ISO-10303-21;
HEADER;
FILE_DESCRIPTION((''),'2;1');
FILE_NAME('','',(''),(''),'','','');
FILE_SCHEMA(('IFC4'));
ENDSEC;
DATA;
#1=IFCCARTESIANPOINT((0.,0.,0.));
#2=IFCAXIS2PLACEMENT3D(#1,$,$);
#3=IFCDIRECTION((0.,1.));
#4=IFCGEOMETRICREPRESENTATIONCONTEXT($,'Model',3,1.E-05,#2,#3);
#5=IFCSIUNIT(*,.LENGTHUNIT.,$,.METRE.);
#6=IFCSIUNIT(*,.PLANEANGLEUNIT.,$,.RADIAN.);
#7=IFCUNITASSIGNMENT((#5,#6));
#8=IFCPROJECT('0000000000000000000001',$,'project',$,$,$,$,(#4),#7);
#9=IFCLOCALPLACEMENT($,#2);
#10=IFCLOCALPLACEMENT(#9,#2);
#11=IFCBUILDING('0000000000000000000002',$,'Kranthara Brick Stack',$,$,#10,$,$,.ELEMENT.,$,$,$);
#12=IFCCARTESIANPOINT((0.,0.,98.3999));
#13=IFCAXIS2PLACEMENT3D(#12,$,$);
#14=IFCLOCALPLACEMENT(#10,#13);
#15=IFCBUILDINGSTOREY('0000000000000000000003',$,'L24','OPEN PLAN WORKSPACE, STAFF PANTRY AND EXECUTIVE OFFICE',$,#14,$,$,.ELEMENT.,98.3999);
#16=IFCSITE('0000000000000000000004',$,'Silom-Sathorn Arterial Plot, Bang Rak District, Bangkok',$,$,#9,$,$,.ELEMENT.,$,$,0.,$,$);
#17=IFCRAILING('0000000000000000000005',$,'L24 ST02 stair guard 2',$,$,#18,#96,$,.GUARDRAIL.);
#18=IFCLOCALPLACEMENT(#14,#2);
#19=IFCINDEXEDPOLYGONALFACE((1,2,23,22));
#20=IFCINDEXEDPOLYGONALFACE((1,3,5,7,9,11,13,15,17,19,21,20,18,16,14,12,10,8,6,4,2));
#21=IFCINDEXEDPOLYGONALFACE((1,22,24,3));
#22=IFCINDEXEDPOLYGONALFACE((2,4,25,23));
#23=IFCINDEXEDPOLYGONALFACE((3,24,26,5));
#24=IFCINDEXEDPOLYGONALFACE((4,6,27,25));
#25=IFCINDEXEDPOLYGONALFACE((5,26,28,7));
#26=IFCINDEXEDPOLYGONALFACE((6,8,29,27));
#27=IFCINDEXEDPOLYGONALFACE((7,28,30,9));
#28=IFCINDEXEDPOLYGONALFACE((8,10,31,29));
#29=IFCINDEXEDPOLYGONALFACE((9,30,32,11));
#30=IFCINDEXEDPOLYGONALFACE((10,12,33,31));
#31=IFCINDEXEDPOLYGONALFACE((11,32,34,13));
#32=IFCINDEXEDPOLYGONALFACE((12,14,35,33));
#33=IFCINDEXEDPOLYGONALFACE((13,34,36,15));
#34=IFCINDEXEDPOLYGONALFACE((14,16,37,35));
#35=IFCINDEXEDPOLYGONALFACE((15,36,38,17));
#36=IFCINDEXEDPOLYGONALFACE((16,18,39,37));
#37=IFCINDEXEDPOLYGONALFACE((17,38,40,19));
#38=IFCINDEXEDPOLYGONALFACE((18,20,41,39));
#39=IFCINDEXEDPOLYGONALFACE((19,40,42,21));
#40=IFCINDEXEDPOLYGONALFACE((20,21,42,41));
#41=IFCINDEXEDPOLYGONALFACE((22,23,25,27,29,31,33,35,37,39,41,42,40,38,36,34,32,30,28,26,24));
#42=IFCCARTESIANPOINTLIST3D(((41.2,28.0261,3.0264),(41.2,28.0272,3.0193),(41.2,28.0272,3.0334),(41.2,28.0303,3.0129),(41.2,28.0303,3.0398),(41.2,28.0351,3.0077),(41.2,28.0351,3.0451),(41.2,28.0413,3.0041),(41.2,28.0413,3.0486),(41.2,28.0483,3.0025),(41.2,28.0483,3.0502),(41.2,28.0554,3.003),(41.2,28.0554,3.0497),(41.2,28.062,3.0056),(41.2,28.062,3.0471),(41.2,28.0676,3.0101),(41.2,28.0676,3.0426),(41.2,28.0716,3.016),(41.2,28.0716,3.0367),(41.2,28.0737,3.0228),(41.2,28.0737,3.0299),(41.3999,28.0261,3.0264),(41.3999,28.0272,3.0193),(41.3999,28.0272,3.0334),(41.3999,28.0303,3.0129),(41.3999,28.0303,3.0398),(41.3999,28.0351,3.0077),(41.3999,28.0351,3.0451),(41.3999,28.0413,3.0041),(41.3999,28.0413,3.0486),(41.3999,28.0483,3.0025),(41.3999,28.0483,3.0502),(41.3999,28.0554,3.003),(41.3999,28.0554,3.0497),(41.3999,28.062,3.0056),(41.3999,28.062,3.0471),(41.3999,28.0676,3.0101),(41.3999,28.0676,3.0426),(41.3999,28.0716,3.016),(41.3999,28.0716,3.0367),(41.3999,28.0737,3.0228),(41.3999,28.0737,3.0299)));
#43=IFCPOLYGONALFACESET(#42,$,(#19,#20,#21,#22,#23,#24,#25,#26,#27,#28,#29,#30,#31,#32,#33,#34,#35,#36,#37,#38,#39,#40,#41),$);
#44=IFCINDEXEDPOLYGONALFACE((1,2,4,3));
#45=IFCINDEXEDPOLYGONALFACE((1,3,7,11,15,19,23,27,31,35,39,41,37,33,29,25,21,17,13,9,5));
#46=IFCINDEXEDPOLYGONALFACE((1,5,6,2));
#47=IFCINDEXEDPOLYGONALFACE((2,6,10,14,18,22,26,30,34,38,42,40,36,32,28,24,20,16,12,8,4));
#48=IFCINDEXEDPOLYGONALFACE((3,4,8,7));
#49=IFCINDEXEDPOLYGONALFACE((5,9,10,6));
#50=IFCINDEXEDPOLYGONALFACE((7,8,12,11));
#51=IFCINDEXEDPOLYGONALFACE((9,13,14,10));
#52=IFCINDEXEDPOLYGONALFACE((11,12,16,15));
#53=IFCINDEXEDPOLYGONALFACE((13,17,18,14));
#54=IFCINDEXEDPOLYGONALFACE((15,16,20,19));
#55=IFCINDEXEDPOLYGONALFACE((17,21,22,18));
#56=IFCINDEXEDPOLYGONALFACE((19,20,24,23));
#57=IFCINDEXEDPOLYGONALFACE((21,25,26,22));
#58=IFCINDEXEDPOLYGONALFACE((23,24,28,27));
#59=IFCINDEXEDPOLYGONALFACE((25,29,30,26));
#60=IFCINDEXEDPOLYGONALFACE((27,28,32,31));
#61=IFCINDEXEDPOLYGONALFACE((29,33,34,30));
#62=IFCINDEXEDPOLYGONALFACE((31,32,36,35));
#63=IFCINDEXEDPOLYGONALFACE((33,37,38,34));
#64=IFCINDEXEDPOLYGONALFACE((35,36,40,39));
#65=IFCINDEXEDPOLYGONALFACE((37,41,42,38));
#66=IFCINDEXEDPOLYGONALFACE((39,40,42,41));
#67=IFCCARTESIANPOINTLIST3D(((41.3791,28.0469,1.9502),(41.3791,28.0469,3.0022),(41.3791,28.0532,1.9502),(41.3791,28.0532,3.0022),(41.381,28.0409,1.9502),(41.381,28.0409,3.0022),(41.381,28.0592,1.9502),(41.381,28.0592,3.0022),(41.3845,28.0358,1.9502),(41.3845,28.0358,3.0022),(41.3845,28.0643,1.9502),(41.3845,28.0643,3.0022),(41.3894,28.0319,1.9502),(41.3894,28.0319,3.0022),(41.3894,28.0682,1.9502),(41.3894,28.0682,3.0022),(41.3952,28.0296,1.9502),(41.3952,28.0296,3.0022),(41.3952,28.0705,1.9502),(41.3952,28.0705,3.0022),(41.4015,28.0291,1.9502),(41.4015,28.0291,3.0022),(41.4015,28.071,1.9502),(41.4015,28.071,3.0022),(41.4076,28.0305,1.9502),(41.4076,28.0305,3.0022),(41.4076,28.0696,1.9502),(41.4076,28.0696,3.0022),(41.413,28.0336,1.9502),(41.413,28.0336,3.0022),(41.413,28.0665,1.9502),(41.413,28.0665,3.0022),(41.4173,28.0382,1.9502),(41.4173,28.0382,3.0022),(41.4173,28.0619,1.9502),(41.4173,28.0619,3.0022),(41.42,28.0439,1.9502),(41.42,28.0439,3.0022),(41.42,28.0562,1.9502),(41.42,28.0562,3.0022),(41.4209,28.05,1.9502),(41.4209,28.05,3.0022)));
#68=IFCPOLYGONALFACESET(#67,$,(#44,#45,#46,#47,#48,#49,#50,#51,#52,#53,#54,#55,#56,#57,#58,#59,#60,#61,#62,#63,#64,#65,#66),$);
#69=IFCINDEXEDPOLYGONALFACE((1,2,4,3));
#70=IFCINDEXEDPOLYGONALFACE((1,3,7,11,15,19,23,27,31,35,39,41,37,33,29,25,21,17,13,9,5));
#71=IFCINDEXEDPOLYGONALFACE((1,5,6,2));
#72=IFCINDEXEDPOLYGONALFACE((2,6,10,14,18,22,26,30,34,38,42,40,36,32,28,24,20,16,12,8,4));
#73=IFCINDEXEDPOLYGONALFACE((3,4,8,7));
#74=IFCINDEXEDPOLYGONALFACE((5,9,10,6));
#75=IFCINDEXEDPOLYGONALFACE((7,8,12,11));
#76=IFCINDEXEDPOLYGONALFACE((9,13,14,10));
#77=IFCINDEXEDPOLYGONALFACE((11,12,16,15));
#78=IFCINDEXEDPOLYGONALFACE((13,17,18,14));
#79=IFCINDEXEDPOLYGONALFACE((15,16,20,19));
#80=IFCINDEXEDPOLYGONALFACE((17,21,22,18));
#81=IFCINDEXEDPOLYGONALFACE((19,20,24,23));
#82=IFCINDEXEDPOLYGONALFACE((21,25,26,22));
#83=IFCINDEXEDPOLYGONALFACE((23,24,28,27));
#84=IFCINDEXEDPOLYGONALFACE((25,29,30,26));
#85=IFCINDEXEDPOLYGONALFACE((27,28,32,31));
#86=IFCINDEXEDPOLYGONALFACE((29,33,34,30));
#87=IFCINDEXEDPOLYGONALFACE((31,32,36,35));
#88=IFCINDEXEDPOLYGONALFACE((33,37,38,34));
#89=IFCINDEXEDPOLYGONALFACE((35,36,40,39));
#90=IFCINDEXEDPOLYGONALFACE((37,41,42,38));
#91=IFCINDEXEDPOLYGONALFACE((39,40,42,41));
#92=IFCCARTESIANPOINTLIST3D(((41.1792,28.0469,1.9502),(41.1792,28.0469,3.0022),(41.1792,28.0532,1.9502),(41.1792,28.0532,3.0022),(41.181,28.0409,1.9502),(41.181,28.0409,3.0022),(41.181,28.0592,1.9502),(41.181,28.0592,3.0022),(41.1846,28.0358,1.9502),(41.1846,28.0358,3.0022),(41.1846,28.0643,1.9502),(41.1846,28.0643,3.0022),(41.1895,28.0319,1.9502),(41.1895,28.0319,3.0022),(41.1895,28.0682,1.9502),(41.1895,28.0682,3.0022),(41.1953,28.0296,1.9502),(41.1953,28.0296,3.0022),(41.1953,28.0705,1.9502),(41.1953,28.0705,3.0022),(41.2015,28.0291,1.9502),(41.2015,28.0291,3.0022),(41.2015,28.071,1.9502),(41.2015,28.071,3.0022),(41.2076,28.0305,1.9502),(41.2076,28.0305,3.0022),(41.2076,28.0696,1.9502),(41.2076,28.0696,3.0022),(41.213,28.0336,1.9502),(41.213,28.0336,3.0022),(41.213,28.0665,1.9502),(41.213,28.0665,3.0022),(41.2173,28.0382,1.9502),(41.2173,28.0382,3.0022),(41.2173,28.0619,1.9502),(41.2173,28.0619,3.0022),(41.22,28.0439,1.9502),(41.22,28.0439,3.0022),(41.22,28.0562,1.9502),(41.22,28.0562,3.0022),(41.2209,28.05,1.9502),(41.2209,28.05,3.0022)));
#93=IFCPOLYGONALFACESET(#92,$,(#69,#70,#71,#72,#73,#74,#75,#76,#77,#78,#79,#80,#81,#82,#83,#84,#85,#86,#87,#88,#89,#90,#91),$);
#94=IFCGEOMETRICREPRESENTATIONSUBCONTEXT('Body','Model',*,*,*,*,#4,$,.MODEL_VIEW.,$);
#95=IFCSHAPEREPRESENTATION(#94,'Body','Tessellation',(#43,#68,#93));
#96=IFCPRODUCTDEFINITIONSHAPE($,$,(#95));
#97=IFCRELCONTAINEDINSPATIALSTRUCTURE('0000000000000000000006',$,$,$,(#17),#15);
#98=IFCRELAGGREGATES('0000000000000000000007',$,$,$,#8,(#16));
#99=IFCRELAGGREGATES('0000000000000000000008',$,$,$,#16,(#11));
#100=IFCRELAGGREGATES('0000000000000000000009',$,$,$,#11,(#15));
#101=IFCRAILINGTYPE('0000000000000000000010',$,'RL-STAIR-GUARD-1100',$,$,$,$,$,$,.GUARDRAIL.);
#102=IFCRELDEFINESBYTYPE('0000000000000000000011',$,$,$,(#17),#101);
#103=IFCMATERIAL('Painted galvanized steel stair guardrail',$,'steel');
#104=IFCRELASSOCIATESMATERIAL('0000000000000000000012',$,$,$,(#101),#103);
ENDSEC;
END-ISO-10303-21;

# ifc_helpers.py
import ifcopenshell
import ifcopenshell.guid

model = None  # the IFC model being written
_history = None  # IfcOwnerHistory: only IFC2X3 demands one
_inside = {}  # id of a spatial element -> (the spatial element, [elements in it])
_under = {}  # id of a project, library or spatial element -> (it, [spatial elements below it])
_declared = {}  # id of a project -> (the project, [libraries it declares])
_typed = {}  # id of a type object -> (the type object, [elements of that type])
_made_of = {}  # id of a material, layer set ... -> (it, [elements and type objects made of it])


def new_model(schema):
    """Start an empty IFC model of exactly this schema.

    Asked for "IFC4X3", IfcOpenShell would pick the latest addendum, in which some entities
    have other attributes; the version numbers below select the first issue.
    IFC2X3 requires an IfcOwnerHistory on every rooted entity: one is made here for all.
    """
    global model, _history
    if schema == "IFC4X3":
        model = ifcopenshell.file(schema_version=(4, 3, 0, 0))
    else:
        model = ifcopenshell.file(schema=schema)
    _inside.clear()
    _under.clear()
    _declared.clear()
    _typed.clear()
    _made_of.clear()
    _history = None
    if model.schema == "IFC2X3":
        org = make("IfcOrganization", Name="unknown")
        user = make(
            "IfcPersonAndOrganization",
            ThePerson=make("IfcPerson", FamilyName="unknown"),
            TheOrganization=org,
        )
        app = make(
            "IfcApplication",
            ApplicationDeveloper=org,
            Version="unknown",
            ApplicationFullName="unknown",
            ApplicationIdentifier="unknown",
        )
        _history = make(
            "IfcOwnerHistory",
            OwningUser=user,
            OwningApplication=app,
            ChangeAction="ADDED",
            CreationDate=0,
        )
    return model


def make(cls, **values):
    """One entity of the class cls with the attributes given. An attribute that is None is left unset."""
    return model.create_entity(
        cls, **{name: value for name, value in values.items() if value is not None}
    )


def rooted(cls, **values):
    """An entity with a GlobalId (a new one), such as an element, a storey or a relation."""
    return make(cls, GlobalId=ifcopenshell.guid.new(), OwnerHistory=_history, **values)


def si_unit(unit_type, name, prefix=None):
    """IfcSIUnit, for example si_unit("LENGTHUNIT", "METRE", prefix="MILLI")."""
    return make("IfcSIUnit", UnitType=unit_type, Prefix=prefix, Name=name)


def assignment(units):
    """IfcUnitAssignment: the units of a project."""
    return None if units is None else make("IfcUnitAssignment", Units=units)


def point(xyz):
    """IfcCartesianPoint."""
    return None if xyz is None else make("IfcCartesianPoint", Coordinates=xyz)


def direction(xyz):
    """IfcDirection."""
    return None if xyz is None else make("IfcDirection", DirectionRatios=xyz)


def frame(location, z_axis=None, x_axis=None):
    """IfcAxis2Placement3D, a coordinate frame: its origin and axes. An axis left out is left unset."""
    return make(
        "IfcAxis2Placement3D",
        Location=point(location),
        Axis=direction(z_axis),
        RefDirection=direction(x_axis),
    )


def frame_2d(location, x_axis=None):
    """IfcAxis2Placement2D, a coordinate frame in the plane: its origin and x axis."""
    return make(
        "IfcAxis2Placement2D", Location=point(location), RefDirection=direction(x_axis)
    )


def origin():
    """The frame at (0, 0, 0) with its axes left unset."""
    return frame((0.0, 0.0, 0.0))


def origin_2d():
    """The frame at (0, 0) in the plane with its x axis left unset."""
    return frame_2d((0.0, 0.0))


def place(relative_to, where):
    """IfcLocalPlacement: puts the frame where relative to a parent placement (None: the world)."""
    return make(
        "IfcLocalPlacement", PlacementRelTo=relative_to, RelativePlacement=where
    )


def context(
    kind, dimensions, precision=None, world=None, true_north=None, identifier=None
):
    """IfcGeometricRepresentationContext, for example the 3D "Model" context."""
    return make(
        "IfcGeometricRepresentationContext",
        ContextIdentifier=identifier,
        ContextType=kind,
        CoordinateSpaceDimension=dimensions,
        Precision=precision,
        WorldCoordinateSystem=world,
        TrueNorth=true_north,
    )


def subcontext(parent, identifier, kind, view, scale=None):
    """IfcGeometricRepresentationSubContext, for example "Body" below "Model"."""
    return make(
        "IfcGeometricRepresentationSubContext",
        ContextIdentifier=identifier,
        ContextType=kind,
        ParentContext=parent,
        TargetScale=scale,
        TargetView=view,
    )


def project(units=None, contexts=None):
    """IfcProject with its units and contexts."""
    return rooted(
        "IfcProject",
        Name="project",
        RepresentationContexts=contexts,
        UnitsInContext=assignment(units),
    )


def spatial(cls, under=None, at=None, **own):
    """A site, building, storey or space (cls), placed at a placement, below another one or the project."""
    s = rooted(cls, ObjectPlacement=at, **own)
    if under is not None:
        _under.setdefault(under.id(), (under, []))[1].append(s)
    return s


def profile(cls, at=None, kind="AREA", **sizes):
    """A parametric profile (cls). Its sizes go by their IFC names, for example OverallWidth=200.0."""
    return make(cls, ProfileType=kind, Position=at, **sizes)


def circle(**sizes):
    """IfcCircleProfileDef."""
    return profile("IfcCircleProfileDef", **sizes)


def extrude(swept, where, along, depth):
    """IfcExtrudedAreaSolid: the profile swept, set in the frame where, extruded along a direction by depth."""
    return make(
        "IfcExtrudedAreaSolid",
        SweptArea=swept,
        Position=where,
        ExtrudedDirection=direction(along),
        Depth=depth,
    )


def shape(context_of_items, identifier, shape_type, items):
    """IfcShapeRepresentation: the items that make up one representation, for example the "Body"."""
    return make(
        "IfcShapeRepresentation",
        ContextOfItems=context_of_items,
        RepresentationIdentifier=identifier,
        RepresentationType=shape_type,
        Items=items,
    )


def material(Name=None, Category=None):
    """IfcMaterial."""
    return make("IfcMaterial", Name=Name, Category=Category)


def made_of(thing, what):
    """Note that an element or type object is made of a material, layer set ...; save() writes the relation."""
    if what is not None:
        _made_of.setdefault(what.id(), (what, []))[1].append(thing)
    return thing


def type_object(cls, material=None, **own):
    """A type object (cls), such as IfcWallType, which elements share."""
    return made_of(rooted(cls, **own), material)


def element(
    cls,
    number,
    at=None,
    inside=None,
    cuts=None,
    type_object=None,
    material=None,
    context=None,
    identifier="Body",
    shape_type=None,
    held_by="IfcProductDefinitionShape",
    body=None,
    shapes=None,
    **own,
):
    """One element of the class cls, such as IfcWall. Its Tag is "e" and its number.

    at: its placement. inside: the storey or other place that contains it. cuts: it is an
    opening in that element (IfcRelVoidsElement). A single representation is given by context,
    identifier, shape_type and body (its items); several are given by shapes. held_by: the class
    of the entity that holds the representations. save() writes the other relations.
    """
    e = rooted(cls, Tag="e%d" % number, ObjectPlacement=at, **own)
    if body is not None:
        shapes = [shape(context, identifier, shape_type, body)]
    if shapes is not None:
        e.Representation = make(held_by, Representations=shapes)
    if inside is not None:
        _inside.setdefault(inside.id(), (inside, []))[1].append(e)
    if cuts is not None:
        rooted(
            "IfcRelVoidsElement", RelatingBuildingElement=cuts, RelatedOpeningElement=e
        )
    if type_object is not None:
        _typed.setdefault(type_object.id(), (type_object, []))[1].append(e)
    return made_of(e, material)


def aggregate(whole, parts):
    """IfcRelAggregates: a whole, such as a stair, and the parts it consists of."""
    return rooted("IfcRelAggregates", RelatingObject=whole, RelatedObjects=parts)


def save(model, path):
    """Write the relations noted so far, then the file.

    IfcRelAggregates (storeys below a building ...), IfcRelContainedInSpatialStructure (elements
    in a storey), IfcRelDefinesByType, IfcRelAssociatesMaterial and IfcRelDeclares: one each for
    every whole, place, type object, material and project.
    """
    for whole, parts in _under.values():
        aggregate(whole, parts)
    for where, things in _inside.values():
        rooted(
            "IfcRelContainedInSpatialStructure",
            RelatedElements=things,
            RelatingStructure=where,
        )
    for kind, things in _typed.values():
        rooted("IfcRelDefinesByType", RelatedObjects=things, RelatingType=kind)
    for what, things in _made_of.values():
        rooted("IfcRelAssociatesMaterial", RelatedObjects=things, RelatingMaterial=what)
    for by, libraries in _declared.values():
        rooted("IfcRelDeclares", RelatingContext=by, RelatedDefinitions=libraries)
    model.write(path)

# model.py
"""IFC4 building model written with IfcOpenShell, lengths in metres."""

from ifc_helpers import new_model, si_unit, direction, frame, origin, origin_2d, place, context, subcontext, project, spatial, circle, extrude, material, type_object, element, save


model = new_model("IFC4")

# Units and contexts
model_context = context("Model", 3, precision=1e-05, world=origin(), true_north=direction((0.0, 1.0)))
body_context = subcontext(model_context, "Body", "Model", "MODEL_VIEW")
ifc_project = project(units=[si_unit("LENGTHUNIT", "METRE"), si_unit("PLANEANGLEUNIT", "RADIAN")], contexts=[model_context])

# Site, building, storey
site_placement = place(None, origin())
site = spatial("IfcSite", under=ifc_project, at=site_placement, Name="Silom-Sathorn Arterial Plot, Bang Rak District, Bangkok", CompositionType="ELEMENT", RefElevation=0.0)
building_placement = place(site_placement, origin())
building = spatial("IfcBuilding", under=site, at=building_placement, Name="Kranthara Brick Stack", CompositionType="ELEMENT")
storey_placement = place(building_placement, frame((0.0, 0.0, 98.3999)))
storey = spatial("IfcBuildingStorey", under=building, at=storey_placement, Name="L24", Description="OPEN PLAN WORKSPACE, STAFF PANTRY AND EXECUTIVE OFFICE", CompositionType="ELEMENT", Elevation=98.3999)

# Railing
ifc_material_1 = material(Name="Painted galvanized steel stair guardrail", Category="steel")
railing_type_1 = type_object("IfcRailingType", Name="RL-STAIR-GUARD-1100", PredefinedType="GUARDRAIL", material=ifc_material_1)
railing_1_placement = place(storey_placement, frame((41.3999, 28.05, 1.9502)))
element("IfcRailing", 1, at=railing_1_placement, inside=storey, type_object=railing_type_1, Name="L24 ST02 stair guard 2", PredefinedType="GUARDRAIL", context=body_context, shape_type="SweptSolid", body=[
    extrude(circle(Radius=0.0239, at=origin_2d()), frame((0.0, 0.0, 1.0762), z_axis=(-1.0, 0.0, 0.0), x_axis=(0.0, -1.0, 0.0)), (0.0, 0.0, 1.0), 0.2),
    extrude(circle(Radius=0.021, at=origin_2d()), origin(), (0.0, 0.0, 1.0), 1.052),
    extrude(circle(Radius=0.021, at=origin_2d()), frame((-0.2, 0.0, 0.0)), (0.0, 0.0, 1.0), 1.052),
])

save(model, "model.ifc")
